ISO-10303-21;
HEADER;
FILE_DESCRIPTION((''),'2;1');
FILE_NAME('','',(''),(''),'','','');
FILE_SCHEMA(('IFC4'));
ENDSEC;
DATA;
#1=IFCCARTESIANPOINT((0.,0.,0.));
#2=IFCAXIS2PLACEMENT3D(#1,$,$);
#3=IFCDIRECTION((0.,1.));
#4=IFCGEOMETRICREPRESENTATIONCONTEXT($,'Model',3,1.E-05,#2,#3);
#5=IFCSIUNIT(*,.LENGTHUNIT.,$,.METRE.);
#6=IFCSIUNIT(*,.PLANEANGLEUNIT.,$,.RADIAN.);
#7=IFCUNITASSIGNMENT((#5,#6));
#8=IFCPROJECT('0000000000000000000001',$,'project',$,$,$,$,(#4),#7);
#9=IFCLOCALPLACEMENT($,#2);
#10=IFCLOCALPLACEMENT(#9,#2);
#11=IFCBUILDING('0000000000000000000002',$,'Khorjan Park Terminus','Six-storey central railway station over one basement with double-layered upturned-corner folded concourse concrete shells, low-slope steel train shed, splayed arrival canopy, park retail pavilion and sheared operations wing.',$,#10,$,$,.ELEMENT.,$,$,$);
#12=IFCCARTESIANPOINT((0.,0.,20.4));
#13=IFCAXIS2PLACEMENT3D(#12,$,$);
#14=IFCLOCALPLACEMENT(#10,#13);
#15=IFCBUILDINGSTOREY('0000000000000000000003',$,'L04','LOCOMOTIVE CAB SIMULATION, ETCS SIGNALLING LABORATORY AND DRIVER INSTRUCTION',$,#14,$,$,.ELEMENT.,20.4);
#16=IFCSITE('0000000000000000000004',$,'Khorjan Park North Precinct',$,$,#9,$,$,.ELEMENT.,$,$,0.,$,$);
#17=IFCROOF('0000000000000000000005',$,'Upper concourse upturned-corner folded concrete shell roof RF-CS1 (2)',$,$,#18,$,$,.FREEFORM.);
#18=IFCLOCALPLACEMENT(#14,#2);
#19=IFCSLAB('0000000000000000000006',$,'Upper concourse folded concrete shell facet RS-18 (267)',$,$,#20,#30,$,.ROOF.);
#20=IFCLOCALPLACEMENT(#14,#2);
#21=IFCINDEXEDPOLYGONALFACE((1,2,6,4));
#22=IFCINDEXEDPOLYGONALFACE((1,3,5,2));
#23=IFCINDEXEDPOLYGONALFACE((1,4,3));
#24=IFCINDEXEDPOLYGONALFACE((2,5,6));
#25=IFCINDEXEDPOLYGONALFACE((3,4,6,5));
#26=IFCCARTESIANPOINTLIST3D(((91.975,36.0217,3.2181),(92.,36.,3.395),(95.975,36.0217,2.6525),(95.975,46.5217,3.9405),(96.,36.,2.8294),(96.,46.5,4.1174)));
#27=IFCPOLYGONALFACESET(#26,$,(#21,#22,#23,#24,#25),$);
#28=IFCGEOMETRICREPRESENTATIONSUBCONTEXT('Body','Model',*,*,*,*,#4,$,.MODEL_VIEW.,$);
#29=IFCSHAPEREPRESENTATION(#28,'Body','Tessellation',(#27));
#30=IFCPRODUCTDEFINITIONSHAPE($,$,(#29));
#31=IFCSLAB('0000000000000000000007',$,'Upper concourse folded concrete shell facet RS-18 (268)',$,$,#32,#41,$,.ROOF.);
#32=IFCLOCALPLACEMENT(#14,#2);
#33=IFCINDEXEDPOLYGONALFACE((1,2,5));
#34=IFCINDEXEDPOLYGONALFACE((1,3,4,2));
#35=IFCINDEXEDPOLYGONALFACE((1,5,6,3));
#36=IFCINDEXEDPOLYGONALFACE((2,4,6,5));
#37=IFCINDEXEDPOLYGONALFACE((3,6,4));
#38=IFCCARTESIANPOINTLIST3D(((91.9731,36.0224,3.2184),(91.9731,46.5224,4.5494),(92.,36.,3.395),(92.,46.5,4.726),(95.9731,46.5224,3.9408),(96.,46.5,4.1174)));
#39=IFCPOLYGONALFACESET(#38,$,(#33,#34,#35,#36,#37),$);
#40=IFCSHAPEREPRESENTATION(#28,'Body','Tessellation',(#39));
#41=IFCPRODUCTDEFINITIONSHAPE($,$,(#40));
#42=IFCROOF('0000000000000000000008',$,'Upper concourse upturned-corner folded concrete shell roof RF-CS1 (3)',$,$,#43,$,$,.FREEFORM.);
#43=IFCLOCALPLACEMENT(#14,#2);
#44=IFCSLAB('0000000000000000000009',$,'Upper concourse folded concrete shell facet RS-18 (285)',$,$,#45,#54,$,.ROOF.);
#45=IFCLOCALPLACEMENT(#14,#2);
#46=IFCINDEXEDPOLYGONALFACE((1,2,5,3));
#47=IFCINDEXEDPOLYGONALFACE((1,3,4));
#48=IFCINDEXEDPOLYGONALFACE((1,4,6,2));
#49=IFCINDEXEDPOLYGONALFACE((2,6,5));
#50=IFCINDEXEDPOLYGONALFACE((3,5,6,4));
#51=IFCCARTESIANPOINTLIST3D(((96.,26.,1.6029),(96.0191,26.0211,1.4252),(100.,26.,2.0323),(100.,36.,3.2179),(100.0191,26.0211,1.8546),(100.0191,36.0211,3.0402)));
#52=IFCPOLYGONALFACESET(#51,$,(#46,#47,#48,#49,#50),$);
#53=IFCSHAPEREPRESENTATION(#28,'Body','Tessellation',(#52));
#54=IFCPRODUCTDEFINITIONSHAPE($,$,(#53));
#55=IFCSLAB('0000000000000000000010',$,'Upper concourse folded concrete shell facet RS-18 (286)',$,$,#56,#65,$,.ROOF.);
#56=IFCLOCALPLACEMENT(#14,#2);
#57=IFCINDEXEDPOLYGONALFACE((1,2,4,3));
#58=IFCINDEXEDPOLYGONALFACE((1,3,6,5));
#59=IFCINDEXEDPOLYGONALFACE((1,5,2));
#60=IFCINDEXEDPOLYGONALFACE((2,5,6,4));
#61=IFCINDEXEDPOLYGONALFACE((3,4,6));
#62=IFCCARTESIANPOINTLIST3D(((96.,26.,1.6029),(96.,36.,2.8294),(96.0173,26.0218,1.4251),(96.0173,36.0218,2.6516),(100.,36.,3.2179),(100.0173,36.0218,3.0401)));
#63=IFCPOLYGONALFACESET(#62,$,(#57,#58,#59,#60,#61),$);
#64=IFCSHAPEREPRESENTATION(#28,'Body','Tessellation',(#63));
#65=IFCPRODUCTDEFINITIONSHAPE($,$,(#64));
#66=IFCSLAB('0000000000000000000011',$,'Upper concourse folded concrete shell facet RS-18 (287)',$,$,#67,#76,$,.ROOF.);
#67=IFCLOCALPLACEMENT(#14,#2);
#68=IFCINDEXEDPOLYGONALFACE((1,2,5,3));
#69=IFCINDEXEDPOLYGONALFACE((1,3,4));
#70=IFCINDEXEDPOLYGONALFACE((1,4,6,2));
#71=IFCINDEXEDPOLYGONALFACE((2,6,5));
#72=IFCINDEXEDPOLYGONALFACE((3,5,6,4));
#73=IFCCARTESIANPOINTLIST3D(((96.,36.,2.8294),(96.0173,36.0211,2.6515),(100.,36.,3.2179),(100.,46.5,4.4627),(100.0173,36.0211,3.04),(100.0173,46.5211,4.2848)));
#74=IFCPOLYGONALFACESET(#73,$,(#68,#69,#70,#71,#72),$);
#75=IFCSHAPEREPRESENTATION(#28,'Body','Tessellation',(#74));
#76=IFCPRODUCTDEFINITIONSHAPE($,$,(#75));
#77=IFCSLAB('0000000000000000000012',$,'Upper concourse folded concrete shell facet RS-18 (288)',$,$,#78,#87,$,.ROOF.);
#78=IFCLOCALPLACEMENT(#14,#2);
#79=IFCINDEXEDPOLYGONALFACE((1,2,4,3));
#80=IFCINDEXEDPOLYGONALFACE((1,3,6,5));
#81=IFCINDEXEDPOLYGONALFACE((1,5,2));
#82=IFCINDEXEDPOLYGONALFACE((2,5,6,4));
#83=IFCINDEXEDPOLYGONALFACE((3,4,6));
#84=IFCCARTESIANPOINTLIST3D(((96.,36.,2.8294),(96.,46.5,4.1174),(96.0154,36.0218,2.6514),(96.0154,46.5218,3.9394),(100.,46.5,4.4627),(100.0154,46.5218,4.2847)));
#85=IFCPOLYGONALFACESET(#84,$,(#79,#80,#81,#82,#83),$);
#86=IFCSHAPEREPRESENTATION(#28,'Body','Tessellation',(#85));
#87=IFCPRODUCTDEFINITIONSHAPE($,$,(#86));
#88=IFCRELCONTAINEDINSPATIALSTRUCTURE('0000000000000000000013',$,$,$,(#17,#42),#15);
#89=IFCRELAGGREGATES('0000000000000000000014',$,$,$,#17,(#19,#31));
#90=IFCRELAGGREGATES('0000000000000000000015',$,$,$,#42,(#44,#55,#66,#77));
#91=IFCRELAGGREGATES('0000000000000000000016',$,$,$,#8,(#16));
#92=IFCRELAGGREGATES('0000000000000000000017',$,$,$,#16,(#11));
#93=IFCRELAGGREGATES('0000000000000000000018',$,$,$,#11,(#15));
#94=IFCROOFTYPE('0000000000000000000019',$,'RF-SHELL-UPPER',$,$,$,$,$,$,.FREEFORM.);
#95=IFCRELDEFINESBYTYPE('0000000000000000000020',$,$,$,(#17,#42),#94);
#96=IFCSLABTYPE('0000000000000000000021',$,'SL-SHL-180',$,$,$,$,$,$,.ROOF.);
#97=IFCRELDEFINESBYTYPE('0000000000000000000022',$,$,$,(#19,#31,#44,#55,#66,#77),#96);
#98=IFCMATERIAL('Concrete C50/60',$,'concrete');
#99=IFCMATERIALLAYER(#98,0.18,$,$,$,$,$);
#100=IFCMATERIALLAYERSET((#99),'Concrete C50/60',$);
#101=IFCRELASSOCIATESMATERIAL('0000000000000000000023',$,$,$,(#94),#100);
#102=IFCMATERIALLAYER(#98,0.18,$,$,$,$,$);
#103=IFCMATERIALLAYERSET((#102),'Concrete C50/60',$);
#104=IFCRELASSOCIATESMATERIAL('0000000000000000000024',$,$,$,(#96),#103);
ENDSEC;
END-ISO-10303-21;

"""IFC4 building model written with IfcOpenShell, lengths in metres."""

from ifc_helpers import new_model, si_unit, direction, frame, origin, place, context, subcontext, project, spatial, polyline, outline, extrude, material, layer, layer_set, type_object, element, aggregate, save


model = new_model("IFC4")

# Units and contexts
model_context = context("Model", 3, precision=1e-05, world=origin(), true_north=direction((0.0, 1.0)))
body_context = subcontext(model_context, "Body", "Model", "MODEL_VIEW")
ifc_project = project(units=[si_unit("LENGTHUNIT", "METRE"), si_unit("PLANEANGLEUNIT", "RADIAN")], contexts=[model_context])

# Site, building, storey
site_placement = place(None, origin())
site = spatial("IfcSite", under=ifc_project, at=site_placement, Name="Khorjan Park North Precinct", CompositionType="ELEMENT", RefElevation=0.0)
building_placement = place(site_placement, origin())
building = spatial("IfcBuilding", under=site, at=building_placement, Name="Khorjan Park Terminus", Description="Six-storey central railway station over one basement with double-layered upturned-corner folded concourse concrete shells, low-slope steel train shed, splayed arrival canopy, park retail pavilion and sheared operations wing.", CompositionType="ELEMENT")
storey_placement = place(building_placement, frame((0.0, 0.0, 20.4)))
storey = spatial("IfcBuildingStorey", under=building, at=storey_placement, Name="L04", Description="LOCOMOTIVE CAB SIMULATION, ETCS SIGNALLING LABORATORY AND DRIVER INSTRUCTION", CompositionType="ELEMENT", Elevation=20.4)

# Roofs, slabs
ifc_material = material(Name="Concrete C50/60", Category="concrete")
ifc_layer_1 = layer(ifc_material, 0.18)
ifc_layer_set_1 = layer_set([ifc_layer_1], Name="Concrete C50/60")
roof_type = type_object("IfcRoofType", Name="RF-SHELL-UPPER", PredefinedType="FREEFORM", material=ifc_layer_set_1)
roof_1_placement = place(storey_placement, origin())
roof_1 = element("IfcRoof", 1, at=roof_1_placement, inside=storey, type_object=roof_type, Name="Upper concourse upturned-corner folded concrete shell roof RF-CS1 (2)", PredefinedType="FREEFORM")
ifc_layer_2 = layer(ifc_material, 0.18)
ifc_layer_set_2 = layer_set([ifc_layer_2], Name="Concrete C50/60")
slab_type = type_object("IfcSlabType", Name="SL-SHL-180", PredefinedType="ROOF", material=ifc_layer_set_2)
slab_1_placement = place(storey_placement, frame((92.0, 36.0, 3.395), z_axis=(0.138986, -0.120572, 0.982927), x_axis=(0.99015, 0.0, -0.140007)))
slab_1 = element("IfcSlab", 2, at=slab_1_placement, type_object=slab_type, Name="Upper concourse folded concrete shell facet RS-18 (267)", PredefinedType="ROOF", context=body_context, shape_type="SweptSolid", body=[
    extrude(outline(polyline([(0.0, 0.0), (4.0398, 0.0), (3.8595, 10.5772), (0.0, 0.0)])), origin(), (0.0, 0.0, -1.0), 0.18),
])
slab_2_placement = place(storey_placement, frame((92.0, 36.0, 3.395), z_axis=(0.149251, -0.124347, 0.980949), x_axis=(0.355262, 0.932562, 0.06416)))
slab_2 = element("IfcSlab", 3, at=slab_2_placement, type_object=slab_type, Name="Upper concourse folded concrete shell facet RS-18 (268)", PredefinedType="ROOF", context=body_context, shape_type="SweptSolid", body=[
    extrude(outline(polyline([(0.0, 0.0), (11.2593, 0.0), (9.8773, 3.8027), (0.0, 0.0)])), origin(), (0.0, 0.0, -1.0), 0.18),
])
aggregate(roof_1, [slab_1, slab_2])
roof_2_placement = place(storey_placement, origin())
roof_2 = element("IfcRoof", 4, at=roof_2_placement, inside=storey, type_object=roof_type, Name="Upper concourse upturned-corner folded concrete shell roof RF-CS1 (3)", PredefinedType="FREEFORM")
slab_3_placement = place(storey_placement, frame((96.0, 26.0, 1.6029), z_axis=(-0.106003, -0.117072, 0.98745), x_axis=(0.994287, 0.0, 0.106737)))
slab_3 = element("IfcSlab", 5, at=slab_3_placement, type_object=slab_type, Name="Upper concourse folded concrete shell facet RS-18 (285)", PredefinedType="ROOF", context=body_context, shape_type="SweptSolid", body=[
    extrude(outline(polyline([(0.0, 0.0), (4.023, 0.0), (4.1495, 10.0692), (0.0, 0.0)])), origin(), (0.0, 0.0, -1.0), 0.18),
])
slab_4_placement = place(storey_placement, frame((96.0, 26.0, 1.6029), z_axis=(-0.095958, -0.121176, 0.987982), x_axis=(0.367284, 0.918211, 0.148291)))
slab_4 = element("IfcSlab", 6, at=slab_4_placement, type_object=slab_type, Name="Upper concourse folded concrete shell facet RS-18 (286)", PredefinedType="ROOF", context=body_context, shape_type="SweptSolid", body=[
    extrude(outline(polyline([(0.0, 0.0), (10.8907, 0.0), (9.364, 3.7175), (0.0, 0.0)])), origin(), (0.0, 0.0, -1.0), 0.18),
])
slab_5_placement = place(storey_placement, frame((96.0, 36.0, 2.8294), z_axis=(-0.096004, -0.117184, 0.988459), x_axis=(0.995316, 0.0, 0.09667)))
slab_5 = element("IfcSlab", 7, at=slab_5_placement, type_object=slab_type, Name="Upper concourse folded concrete shell facet RS-18 (287)", PredefinedType="ROOF", context=body_context, shape_type="SweptSolid", body=[
    extrude(outline(polyline([(0.0, 0.0), (4.0188, 0.0), (4.1392, 10.5728), (0.0, 0.0)])), origin(), (0.0, 0.0, -1.0), 0.18),
])
slab_6_placement = place(storey_placement, frame((96.0, 36.0, 2.8294), z_axis=(-0.08537, -0.12131, 0.988937), x_axis=(0.352293, 0.924769, 0.14385)))
slab_6 = element("IfcSlab", 8, at=slab_6_placement, type_object=slab_type, Name="Upper concourse folded concrete shell facet RS-18 (288)", PredefinedType="ROOF", context=body_context, shape_type="SweptSolid", body=[
    extrude(outline(polyline([(0.0, 0.0), (11.3542, 0.0), (9.8953, 3.7405), (0.0, 0.0)])), origin(), (0.0, 0.0, -1.0), 0.18),
])
aggregate(roof_2, [slab_3, slab_4, slab_5, slab_6])

save(model, "model.ifc")
